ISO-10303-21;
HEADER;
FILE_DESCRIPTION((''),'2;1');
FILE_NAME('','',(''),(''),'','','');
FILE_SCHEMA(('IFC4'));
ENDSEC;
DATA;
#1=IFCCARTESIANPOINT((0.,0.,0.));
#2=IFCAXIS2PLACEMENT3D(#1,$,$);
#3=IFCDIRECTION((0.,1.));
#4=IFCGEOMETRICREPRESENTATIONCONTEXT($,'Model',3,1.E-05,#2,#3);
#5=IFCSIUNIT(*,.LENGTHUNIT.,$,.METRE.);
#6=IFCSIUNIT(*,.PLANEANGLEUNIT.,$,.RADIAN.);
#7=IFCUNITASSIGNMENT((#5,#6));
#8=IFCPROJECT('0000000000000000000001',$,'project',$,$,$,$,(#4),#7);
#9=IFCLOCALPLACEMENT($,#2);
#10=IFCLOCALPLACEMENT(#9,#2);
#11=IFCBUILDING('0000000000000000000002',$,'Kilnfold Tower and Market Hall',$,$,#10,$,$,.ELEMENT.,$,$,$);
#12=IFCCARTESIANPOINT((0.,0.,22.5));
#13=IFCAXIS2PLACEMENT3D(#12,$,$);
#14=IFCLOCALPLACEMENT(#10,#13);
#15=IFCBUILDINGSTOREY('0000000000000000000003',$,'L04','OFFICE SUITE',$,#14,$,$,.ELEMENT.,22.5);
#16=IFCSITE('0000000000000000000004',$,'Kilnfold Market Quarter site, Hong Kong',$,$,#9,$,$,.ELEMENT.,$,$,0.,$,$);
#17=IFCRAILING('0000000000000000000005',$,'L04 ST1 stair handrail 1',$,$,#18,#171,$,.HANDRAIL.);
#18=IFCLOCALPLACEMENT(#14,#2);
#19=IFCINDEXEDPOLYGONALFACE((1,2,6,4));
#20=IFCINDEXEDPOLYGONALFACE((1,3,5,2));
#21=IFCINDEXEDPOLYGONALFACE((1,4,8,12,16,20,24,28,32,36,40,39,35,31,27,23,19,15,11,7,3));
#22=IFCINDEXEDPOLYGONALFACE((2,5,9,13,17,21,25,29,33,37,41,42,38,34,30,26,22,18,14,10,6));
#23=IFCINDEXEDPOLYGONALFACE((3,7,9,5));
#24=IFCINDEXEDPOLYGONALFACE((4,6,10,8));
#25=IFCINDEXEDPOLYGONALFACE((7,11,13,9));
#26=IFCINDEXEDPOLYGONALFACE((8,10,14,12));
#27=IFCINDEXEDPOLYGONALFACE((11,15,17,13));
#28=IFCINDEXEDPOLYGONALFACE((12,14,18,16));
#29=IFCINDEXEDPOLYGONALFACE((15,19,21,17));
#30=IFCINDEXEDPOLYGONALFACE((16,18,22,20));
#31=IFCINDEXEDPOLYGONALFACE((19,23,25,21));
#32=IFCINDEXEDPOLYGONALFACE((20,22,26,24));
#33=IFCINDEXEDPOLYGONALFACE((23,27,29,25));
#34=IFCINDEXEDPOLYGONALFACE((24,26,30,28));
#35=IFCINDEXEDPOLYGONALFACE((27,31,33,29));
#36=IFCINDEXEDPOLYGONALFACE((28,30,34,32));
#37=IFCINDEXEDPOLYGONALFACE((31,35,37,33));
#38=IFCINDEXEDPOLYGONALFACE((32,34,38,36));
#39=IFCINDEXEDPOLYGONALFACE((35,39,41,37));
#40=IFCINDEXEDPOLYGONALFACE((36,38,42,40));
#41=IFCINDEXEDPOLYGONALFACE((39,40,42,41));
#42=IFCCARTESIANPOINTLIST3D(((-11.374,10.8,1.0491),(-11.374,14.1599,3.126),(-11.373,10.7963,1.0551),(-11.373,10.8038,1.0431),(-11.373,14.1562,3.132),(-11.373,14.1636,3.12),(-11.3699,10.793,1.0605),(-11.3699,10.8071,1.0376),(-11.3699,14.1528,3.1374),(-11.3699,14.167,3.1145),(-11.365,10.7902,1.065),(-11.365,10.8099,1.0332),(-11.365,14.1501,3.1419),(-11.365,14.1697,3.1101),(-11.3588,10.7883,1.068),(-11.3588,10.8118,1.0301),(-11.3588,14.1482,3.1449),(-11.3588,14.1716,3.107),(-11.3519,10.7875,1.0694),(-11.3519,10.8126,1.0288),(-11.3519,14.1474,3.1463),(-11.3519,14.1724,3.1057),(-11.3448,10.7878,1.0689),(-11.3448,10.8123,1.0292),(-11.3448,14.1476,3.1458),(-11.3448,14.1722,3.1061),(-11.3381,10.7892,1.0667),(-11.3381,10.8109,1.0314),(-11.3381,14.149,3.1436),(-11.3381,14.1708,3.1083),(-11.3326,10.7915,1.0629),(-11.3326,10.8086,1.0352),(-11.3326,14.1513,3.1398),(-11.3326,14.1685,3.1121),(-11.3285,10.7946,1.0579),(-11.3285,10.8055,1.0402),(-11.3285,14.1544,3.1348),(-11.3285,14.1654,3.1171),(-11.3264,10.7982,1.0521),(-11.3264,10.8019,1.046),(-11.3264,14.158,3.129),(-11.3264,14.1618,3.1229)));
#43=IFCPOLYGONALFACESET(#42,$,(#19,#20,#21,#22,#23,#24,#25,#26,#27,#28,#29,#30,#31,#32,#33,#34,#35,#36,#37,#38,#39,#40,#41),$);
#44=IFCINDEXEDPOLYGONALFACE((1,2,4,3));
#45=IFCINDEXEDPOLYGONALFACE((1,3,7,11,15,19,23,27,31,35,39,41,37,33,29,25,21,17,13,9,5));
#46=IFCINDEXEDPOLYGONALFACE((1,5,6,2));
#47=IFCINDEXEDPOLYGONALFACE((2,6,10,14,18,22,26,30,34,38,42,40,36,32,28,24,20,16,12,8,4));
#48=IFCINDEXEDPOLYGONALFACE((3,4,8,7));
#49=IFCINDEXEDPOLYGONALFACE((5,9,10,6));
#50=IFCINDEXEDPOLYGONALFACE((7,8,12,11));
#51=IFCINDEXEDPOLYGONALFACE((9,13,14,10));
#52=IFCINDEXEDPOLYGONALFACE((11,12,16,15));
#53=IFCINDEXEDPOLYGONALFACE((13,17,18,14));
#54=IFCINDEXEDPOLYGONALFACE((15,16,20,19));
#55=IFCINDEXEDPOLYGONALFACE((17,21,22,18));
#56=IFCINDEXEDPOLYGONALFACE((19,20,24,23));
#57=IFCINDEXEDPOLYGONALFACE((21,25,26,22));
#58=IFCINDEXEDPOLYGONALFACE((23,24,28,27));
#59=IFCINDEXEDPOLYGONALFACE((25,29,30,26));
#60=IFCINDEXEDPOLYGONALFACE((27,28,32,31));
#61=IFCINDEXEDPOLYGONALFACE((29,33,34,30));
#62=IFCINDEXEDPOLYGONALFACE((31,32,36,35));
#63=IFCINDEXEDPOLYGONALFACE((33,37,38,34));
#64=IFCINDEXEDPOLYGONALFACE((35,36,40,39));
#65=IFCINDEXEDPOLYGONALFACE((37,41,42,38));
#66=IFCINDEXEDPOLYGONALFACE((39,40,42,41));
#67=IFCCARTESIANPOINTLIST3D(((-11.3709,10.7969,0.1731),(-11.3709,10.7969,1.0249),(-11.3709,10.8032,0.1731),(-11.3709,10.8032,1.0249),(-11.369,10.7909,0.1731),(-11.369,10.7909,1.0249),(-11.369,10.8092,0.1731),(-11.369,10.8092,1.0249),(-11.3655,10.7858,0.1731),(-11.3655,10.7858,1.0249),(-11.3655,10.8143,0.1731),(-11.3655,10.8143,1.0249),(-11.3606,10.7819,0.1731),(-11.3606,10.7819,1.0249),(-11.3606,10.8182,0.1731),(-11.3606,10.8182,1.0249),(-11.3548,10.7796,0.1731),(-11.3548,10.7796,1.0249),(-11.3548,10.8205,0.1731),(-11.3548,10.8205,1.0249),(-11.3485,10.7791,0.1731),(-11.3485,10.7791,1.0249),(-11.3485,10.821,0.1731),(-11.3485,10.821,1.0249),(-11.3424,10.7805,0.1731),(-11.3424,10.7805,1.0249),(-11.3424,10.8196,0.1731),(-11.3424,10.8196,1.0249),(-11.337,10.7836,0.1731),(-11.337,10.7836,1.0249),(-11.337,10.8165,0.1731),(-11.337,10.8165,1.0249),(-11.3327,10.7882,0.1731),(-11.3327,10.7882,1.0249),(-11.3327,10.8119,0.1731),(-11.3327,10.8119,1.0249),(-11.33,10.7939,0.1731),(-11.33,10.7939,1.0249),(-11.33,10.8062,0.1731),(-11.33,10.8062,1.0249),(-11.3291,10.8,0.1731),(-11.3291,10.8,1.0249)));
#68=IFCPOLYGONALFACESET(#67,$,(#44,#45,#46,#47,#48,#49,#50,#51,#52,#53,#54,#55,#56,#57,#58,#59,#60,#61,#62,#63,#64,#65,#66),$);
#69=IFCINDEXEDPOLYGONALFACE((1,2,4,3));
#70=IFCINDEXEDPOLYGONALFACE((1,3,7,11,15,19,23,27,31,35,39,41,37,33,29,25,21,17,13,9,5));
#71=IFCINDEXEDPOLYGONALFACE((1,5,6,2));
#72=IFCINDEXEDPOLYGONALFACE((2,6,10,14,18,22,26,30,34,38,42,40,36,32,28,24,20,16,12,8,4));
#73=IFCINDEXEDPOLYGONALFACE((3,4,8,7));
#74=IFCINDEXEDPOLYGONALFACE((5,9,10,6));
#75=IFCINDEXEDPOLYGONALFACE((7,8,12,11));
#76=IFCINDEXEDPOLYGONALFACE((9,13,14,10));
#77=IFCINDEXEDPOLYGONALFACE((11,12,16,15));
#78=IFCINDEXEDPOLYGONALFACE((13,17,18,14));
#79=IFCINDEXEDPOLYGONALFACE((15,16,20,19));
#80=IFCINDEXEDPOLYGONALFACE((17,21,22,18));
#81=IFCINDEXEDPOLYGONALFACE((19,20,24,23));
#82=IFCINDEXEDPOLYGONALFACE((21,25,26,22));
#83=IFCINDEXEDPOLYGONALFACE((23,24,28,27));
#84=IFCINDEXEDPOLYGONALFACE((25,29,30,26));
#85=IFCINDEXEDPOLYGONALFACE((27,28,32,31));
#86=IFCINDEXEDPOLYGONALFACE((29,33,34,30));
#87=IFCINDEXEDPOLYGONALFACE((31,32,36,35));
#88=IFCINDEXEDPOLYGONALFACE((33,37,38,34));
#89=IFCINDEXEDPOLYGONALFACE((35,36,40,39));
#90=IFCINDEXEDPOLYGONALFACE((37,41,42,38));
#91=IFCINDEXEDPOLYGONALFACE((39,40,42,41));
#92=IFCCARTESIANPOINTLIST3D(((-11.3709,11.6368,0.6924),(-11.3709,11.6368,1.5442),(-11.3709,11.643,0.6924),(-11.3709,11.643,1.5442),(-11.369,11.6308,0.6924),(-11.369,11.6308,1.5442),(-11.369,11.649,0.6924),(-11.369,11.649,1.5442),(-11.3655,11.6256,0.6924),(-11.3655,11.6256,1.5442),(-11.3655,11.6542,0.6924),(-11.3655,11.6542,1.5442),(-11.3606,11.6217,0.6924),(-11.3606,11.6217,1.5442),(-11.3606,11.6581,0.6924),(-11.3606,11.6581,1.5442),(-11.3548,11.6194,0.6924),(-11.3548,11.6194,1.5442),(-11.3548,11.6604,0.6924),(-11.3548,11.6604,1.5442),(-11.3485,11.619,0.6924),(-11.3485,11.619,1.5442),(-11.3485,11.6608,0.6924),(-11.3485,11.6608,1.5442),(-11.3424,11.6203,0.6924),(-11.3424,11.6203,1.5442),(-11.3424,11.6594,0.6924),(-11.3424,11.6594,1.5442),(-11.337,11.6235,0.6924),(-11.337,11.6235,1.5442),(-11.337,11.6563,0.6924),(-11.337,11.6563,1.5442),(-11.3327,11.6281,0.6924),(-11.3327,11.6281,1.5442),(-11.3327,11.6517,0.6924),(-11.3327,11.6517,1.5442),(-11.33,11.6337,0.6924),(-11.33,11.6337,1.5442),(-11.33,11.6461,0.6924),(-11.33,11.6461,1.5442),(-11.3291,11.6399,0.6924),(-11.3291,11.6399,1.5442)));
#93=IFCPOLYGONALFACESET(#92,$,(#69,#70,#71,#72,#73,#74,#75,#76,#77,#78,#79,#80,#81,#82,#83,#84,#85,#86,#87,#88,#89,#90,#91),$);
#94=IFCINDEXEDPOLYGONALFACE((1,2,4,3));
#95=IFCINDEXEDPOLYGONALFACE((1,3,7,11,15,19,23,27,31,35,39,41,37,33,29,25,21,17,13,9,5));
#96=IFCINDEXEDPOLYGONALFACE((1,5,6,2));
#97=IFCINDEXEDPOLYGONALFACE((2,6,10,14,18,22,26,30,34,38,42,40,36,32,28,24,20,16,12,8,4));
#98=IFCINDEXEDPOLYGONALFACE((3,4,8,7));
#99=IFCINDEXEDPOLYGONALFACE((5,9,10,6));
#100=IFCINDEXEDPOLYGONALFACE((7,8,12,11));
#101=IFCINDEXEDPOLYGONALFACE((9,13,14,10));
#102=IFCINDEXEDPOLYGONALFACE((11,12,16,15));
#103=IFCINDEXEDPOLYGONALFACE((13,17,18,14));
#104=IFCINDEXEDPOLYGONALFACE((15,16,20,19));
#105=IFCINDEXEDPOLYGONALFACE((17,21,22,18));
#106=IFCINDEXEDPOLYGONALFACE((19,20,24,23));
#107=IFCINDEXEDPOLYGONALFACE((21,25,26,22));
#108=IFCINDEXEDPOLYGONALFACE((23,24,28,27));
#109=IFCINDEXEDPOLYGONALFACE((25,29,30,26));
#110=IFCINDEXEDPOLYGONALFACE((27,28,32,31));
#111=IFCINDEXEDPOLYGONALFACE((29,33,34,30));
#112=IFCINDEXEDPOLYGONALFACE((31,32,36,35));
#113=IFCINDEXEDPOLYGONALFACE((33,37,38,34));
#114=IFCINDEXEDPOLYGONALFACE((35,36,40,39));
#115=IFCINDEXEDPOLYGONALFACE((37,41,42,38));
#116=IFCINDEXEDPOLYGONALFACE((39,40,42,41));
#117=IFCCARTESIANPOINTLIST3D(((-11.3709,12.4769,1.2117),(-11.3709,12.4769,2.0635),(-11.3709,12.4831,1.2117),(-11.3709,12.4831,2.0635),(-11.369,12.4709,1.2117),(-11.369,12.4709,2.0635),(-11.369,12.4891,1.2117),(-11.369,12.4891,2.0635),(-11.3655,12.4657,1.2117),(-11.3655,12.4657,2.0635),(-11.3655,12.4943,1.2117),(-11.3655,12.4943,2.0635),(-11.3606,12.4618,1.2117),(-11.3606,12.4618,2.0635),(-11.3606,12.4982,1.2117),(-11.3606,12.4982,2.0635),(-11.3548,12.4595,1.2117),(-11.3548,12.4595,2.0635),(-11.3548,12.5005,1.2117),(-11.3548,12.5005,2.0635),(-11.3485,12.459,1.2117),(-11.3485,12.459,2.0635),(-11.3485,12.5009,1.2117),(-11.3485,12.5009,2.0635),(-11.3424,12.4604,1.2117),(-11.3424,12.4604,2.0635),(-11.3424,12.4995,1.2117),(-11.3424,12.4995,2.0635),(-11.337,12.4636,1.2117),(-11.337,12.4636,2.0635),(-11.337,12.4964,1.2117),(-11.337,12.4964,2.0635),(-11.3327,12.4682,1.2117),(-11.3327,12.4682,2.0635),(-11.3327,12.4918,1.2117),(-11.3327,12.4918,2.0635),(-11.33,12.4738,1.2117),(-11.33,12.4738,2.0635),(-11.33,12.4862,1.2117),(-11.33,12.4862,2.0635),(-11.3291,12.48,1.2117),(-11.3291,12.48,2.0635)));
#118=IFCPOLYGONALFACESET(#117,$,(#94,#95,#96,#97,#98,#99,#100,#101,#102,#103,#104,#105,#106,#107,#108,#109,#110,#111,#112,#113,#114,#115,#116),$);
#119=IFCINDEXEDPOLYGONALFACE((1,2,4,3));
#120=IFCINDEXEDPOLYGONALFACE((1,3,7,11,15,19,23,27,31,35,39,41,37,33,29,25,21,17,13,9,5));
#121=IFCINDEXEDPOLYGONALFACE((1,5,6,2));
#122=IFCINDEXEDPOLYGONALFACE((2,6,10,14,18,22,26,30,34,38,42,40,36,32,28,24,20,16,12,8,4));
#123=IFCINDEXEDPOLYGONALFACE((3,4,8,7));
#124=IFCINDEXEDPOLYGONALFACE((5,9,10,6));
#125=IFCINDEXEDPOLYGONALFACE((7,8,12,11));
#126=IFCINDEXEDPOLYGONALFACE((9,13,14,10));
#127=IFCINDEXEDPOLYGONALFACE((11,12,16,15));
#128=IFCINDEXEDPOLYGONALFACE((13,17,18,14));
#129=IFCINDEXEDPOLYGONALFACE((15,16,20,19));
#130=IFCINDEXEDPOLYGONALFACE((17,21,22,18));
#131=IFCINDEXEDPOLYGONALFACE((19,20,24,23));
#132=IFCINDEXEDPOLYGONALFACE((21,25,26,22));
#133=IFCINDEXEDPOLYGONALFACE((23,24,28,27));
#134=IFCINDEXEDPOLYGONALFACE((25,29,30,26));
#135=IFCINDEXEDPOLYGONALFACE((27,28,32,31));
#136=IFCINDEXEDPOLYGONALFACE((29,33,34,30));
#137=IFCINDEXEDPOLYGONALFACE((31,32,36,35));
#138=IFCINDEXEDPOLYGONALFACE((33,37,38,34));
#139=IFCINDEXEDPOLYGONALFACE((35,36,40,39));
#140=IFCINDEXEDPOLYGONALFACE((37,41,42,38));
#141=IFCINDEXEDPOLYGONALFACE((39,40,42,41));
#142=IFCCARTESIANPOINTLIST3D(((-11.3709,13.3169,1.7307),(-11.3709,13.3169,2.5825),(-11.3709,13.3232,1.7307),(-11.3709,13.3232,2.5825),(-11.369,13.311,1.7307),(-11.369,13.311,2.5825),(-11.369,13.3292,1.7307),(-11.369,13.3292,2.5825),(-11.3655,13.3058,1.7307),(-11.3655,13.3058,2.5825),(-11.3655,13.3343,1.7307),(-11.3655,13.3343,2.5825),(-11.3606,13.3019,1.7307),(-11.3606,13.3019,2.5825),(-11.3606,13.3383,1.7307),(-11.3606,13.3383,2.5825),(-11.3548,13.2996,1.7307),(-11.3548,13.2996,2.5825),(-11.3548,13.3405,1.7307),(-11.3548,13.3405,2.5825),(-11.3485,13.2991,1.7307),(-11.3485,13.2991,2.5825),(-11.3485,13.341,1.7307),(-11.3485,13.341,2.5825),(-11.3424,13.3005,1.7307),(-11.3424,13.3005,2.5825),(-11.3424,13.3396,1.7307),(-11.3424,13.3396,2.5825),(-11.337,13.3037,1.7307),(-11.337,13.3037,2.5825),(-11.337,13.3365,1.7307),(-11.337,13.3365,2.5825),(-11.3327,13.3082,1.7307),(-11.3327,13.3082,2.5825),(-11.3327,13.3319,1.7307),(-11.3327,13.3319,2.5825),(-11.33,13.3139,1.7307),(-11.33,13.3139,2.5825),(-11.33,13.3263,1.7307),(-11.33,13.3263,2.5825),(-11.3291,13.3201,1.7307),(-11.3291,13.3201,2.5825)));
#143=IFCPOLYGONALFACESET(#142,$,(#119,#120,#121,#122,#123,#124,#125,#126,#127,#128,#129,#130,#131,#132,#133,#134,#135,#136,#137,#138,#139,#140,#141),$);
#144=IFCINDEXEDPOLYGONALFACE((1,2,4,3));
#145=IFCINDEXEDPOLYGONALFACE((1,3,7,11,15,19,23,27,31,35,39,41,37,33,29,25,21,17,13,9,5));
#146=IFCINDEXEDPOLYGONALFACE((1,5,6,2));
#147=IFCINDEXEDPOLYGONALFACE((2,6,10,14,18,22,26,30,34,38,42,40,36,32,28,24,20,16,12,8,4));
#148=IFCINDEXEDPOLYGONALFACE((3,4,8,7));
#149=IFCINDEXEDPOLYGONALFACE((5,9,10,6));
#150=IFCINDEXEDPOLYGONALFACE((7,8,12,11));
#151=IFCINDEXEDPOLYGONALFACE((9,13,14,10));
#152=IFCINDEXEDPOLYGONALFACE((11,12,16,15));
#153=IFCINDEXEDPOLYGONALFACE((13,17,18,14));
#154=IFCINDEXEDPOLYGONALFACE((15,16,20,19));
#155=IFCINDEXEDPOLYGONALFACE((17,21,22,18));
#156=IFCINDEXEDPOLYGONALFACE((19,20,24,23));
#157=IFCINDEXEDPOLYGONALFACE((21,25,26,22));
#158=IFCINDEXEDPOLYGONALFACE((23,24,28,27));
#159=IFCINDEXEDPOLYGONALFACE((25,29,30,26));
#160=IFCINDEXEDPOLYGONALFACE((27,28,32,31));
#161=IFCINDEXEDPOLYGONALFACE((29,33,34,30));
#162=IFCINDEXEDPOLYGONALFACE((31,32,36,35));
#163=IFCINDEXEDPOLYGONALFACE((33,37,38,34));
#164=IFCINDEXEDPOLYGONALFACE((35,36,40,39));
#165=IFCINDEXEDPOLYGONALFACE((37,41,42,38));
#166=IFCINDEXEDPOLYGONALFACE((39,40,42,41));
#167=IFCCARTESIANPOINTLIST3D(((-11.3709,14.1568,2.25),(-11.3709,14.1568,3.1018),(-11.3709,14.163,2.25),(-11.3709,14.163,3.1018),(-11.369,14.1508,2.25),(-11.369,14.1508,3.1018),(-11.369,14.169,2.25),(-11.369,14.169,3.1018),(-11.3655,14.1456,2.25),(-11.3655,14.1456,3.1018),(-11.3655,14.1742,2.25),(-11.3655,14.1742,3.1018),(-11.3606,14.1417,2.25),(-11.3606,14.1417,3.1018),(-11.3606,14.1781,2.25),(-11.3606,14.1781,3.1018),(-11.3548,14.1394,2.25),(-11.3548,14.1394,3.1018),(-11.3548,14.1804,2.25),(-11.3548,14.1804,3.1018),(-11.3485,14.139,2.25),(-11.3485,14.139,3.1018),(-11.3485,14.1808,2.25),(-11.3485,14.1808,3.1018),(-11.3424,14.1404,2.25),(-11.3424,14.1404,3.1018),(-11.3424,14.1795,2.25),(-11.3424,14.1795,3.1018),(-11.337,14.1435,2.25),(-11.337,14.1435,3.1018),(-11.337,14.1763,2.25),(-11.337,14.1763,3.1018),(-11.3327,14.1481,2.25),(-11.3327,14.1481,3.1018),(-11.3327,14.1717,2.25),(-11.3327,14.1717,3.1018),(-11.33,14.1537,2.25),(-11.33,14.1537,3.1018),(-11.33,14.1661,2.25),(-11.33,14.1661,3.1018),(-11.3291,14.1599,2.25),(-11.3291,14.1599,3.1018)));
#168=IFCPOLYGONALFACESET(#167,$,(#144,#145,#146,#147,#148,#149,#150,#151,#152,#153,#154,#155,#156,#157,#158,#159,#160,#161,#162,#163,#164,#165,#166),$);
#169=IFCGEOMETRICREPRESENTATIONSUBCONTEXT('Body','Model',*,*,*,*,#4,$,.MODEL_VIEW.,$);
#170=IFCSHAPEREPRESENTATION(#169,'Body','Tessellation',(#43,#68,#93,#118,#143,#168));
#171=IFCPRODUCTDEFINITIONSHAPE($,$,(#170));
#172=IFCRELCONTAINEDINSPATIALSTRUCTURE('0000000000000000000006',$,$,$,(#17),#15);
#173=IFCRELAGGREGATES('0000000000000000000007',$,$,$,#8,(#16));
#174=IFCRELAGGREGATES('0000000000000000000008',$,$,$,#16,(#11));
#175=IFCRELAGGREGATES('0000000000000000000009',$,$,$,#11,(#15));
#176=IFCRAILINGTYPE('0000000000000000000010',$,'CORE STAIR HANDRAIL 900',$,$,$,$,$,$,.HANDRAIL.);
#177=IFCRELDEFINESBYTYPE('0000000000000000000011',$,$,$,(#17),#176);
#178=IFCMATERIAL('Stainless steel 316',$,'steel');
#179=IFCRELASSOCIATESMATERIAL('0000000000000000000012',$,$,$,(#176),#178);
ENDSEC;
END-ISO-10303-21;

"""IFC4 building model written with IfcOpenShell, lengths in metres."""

from ifc_helpers import new_model, si_unit, direction, frame, origin, origin_2d, place, context, subcontext, project, spatial, circle, extrude, material, type_object, element, save


model = new_model("IFC4")

# Units and contexts
model_context = context("Model", 3, precision=1e-05, world=origin(), true_north=direction((0.0, 1.0)))
body_context = subcontext(model_context, "Body", "Model", "MODEL_VIEW")
ifc_project = project(units=[si_unit("LENGTHUNIT", "METRE"), si_unit("PLANEANGLEUNIT", "RADIAN")], contexts=[model_context])

# Site, building, storey
site_placement = place(None, origin())
site = spatial("IfcSite", under=ifc_project, at=site_placement, Name="Kilnfold Market Quarter site, Hong Kong", CompositionType="ELEMENT", RefElevation=0.0)
building_placement = place(site_placement, origin())
building = spatial("IfcBuilding", under=site, at=building_placement, Name="Kilnfold Tower and Market Hall", CompositionType="ELEMENT")
storey_placement = place(building_placement, frame((0.0, 0.0, 22.5)))
storey = spatial("IfcBuildingStorey", under=building, at=storey_placement, Name="L04", Description="OFFICE SUITE", CompositionType="ELEMENT", Elevation=22.5)

# Railing
ifc_material_1 = material(Name="Stainless steel 316", Category="steel")
railing_type_1 = type_object("IfcRailingType", Name="CORE STAIR HANDRAIL 900", PredefinedType="HANDRAIL", material=ifc_material_1)
railing_1_placement = place(storey_placement, frame((-11.3501, 10.8, 0.1731)))
element("IfcRailing", 1, at=railing_1_placement, inside=storey, type_object=railing_type_1, Name="L04 ST1 stair handrail 1", PredefinedType="HANDRAIL", context=body_context, shape_type="SweptSolid", body=[
    extrude(circle(Radius=0.0239, at=origin_2d()), frame((0.0, 0.0, 0.876), z_axis=(0.0, 0.850606, 0.525803), x_axis=(-1.0, 0.0, 0.0)), (0.0, 0.0, 1.0), 3.95),
    extrude(circle(Radius=0.021, at=origin_2d()), origin(), (0.0, 0.0, 1.0), 0.8518),
    extrude(circle(Radius=0.021, at=origin_2d()), frame((0.0, 0.8398, 0.5193)), (0.0, 0.0, 1.0), 0.8518),
    extrude(circle(Radius=0.021, at=origin_2d()), frame((0.0, 1.6799, 1.0386)), (0.0, 0.0, 1.0), 0.8518),
    extrude(circle(Radius=0.021, at=origin_2d()), frame((0.0, 2.52, 1.5576)), (0.0, 0.0, 1.0), 0.8518),
    extrude(circle(Radius=0.021, at=origin_2d()), frame((0.0, 3.3599, 2.0769)), (0.0, 0.0, 1.0), 0.8518),
])

save(model, "model.ifc")
